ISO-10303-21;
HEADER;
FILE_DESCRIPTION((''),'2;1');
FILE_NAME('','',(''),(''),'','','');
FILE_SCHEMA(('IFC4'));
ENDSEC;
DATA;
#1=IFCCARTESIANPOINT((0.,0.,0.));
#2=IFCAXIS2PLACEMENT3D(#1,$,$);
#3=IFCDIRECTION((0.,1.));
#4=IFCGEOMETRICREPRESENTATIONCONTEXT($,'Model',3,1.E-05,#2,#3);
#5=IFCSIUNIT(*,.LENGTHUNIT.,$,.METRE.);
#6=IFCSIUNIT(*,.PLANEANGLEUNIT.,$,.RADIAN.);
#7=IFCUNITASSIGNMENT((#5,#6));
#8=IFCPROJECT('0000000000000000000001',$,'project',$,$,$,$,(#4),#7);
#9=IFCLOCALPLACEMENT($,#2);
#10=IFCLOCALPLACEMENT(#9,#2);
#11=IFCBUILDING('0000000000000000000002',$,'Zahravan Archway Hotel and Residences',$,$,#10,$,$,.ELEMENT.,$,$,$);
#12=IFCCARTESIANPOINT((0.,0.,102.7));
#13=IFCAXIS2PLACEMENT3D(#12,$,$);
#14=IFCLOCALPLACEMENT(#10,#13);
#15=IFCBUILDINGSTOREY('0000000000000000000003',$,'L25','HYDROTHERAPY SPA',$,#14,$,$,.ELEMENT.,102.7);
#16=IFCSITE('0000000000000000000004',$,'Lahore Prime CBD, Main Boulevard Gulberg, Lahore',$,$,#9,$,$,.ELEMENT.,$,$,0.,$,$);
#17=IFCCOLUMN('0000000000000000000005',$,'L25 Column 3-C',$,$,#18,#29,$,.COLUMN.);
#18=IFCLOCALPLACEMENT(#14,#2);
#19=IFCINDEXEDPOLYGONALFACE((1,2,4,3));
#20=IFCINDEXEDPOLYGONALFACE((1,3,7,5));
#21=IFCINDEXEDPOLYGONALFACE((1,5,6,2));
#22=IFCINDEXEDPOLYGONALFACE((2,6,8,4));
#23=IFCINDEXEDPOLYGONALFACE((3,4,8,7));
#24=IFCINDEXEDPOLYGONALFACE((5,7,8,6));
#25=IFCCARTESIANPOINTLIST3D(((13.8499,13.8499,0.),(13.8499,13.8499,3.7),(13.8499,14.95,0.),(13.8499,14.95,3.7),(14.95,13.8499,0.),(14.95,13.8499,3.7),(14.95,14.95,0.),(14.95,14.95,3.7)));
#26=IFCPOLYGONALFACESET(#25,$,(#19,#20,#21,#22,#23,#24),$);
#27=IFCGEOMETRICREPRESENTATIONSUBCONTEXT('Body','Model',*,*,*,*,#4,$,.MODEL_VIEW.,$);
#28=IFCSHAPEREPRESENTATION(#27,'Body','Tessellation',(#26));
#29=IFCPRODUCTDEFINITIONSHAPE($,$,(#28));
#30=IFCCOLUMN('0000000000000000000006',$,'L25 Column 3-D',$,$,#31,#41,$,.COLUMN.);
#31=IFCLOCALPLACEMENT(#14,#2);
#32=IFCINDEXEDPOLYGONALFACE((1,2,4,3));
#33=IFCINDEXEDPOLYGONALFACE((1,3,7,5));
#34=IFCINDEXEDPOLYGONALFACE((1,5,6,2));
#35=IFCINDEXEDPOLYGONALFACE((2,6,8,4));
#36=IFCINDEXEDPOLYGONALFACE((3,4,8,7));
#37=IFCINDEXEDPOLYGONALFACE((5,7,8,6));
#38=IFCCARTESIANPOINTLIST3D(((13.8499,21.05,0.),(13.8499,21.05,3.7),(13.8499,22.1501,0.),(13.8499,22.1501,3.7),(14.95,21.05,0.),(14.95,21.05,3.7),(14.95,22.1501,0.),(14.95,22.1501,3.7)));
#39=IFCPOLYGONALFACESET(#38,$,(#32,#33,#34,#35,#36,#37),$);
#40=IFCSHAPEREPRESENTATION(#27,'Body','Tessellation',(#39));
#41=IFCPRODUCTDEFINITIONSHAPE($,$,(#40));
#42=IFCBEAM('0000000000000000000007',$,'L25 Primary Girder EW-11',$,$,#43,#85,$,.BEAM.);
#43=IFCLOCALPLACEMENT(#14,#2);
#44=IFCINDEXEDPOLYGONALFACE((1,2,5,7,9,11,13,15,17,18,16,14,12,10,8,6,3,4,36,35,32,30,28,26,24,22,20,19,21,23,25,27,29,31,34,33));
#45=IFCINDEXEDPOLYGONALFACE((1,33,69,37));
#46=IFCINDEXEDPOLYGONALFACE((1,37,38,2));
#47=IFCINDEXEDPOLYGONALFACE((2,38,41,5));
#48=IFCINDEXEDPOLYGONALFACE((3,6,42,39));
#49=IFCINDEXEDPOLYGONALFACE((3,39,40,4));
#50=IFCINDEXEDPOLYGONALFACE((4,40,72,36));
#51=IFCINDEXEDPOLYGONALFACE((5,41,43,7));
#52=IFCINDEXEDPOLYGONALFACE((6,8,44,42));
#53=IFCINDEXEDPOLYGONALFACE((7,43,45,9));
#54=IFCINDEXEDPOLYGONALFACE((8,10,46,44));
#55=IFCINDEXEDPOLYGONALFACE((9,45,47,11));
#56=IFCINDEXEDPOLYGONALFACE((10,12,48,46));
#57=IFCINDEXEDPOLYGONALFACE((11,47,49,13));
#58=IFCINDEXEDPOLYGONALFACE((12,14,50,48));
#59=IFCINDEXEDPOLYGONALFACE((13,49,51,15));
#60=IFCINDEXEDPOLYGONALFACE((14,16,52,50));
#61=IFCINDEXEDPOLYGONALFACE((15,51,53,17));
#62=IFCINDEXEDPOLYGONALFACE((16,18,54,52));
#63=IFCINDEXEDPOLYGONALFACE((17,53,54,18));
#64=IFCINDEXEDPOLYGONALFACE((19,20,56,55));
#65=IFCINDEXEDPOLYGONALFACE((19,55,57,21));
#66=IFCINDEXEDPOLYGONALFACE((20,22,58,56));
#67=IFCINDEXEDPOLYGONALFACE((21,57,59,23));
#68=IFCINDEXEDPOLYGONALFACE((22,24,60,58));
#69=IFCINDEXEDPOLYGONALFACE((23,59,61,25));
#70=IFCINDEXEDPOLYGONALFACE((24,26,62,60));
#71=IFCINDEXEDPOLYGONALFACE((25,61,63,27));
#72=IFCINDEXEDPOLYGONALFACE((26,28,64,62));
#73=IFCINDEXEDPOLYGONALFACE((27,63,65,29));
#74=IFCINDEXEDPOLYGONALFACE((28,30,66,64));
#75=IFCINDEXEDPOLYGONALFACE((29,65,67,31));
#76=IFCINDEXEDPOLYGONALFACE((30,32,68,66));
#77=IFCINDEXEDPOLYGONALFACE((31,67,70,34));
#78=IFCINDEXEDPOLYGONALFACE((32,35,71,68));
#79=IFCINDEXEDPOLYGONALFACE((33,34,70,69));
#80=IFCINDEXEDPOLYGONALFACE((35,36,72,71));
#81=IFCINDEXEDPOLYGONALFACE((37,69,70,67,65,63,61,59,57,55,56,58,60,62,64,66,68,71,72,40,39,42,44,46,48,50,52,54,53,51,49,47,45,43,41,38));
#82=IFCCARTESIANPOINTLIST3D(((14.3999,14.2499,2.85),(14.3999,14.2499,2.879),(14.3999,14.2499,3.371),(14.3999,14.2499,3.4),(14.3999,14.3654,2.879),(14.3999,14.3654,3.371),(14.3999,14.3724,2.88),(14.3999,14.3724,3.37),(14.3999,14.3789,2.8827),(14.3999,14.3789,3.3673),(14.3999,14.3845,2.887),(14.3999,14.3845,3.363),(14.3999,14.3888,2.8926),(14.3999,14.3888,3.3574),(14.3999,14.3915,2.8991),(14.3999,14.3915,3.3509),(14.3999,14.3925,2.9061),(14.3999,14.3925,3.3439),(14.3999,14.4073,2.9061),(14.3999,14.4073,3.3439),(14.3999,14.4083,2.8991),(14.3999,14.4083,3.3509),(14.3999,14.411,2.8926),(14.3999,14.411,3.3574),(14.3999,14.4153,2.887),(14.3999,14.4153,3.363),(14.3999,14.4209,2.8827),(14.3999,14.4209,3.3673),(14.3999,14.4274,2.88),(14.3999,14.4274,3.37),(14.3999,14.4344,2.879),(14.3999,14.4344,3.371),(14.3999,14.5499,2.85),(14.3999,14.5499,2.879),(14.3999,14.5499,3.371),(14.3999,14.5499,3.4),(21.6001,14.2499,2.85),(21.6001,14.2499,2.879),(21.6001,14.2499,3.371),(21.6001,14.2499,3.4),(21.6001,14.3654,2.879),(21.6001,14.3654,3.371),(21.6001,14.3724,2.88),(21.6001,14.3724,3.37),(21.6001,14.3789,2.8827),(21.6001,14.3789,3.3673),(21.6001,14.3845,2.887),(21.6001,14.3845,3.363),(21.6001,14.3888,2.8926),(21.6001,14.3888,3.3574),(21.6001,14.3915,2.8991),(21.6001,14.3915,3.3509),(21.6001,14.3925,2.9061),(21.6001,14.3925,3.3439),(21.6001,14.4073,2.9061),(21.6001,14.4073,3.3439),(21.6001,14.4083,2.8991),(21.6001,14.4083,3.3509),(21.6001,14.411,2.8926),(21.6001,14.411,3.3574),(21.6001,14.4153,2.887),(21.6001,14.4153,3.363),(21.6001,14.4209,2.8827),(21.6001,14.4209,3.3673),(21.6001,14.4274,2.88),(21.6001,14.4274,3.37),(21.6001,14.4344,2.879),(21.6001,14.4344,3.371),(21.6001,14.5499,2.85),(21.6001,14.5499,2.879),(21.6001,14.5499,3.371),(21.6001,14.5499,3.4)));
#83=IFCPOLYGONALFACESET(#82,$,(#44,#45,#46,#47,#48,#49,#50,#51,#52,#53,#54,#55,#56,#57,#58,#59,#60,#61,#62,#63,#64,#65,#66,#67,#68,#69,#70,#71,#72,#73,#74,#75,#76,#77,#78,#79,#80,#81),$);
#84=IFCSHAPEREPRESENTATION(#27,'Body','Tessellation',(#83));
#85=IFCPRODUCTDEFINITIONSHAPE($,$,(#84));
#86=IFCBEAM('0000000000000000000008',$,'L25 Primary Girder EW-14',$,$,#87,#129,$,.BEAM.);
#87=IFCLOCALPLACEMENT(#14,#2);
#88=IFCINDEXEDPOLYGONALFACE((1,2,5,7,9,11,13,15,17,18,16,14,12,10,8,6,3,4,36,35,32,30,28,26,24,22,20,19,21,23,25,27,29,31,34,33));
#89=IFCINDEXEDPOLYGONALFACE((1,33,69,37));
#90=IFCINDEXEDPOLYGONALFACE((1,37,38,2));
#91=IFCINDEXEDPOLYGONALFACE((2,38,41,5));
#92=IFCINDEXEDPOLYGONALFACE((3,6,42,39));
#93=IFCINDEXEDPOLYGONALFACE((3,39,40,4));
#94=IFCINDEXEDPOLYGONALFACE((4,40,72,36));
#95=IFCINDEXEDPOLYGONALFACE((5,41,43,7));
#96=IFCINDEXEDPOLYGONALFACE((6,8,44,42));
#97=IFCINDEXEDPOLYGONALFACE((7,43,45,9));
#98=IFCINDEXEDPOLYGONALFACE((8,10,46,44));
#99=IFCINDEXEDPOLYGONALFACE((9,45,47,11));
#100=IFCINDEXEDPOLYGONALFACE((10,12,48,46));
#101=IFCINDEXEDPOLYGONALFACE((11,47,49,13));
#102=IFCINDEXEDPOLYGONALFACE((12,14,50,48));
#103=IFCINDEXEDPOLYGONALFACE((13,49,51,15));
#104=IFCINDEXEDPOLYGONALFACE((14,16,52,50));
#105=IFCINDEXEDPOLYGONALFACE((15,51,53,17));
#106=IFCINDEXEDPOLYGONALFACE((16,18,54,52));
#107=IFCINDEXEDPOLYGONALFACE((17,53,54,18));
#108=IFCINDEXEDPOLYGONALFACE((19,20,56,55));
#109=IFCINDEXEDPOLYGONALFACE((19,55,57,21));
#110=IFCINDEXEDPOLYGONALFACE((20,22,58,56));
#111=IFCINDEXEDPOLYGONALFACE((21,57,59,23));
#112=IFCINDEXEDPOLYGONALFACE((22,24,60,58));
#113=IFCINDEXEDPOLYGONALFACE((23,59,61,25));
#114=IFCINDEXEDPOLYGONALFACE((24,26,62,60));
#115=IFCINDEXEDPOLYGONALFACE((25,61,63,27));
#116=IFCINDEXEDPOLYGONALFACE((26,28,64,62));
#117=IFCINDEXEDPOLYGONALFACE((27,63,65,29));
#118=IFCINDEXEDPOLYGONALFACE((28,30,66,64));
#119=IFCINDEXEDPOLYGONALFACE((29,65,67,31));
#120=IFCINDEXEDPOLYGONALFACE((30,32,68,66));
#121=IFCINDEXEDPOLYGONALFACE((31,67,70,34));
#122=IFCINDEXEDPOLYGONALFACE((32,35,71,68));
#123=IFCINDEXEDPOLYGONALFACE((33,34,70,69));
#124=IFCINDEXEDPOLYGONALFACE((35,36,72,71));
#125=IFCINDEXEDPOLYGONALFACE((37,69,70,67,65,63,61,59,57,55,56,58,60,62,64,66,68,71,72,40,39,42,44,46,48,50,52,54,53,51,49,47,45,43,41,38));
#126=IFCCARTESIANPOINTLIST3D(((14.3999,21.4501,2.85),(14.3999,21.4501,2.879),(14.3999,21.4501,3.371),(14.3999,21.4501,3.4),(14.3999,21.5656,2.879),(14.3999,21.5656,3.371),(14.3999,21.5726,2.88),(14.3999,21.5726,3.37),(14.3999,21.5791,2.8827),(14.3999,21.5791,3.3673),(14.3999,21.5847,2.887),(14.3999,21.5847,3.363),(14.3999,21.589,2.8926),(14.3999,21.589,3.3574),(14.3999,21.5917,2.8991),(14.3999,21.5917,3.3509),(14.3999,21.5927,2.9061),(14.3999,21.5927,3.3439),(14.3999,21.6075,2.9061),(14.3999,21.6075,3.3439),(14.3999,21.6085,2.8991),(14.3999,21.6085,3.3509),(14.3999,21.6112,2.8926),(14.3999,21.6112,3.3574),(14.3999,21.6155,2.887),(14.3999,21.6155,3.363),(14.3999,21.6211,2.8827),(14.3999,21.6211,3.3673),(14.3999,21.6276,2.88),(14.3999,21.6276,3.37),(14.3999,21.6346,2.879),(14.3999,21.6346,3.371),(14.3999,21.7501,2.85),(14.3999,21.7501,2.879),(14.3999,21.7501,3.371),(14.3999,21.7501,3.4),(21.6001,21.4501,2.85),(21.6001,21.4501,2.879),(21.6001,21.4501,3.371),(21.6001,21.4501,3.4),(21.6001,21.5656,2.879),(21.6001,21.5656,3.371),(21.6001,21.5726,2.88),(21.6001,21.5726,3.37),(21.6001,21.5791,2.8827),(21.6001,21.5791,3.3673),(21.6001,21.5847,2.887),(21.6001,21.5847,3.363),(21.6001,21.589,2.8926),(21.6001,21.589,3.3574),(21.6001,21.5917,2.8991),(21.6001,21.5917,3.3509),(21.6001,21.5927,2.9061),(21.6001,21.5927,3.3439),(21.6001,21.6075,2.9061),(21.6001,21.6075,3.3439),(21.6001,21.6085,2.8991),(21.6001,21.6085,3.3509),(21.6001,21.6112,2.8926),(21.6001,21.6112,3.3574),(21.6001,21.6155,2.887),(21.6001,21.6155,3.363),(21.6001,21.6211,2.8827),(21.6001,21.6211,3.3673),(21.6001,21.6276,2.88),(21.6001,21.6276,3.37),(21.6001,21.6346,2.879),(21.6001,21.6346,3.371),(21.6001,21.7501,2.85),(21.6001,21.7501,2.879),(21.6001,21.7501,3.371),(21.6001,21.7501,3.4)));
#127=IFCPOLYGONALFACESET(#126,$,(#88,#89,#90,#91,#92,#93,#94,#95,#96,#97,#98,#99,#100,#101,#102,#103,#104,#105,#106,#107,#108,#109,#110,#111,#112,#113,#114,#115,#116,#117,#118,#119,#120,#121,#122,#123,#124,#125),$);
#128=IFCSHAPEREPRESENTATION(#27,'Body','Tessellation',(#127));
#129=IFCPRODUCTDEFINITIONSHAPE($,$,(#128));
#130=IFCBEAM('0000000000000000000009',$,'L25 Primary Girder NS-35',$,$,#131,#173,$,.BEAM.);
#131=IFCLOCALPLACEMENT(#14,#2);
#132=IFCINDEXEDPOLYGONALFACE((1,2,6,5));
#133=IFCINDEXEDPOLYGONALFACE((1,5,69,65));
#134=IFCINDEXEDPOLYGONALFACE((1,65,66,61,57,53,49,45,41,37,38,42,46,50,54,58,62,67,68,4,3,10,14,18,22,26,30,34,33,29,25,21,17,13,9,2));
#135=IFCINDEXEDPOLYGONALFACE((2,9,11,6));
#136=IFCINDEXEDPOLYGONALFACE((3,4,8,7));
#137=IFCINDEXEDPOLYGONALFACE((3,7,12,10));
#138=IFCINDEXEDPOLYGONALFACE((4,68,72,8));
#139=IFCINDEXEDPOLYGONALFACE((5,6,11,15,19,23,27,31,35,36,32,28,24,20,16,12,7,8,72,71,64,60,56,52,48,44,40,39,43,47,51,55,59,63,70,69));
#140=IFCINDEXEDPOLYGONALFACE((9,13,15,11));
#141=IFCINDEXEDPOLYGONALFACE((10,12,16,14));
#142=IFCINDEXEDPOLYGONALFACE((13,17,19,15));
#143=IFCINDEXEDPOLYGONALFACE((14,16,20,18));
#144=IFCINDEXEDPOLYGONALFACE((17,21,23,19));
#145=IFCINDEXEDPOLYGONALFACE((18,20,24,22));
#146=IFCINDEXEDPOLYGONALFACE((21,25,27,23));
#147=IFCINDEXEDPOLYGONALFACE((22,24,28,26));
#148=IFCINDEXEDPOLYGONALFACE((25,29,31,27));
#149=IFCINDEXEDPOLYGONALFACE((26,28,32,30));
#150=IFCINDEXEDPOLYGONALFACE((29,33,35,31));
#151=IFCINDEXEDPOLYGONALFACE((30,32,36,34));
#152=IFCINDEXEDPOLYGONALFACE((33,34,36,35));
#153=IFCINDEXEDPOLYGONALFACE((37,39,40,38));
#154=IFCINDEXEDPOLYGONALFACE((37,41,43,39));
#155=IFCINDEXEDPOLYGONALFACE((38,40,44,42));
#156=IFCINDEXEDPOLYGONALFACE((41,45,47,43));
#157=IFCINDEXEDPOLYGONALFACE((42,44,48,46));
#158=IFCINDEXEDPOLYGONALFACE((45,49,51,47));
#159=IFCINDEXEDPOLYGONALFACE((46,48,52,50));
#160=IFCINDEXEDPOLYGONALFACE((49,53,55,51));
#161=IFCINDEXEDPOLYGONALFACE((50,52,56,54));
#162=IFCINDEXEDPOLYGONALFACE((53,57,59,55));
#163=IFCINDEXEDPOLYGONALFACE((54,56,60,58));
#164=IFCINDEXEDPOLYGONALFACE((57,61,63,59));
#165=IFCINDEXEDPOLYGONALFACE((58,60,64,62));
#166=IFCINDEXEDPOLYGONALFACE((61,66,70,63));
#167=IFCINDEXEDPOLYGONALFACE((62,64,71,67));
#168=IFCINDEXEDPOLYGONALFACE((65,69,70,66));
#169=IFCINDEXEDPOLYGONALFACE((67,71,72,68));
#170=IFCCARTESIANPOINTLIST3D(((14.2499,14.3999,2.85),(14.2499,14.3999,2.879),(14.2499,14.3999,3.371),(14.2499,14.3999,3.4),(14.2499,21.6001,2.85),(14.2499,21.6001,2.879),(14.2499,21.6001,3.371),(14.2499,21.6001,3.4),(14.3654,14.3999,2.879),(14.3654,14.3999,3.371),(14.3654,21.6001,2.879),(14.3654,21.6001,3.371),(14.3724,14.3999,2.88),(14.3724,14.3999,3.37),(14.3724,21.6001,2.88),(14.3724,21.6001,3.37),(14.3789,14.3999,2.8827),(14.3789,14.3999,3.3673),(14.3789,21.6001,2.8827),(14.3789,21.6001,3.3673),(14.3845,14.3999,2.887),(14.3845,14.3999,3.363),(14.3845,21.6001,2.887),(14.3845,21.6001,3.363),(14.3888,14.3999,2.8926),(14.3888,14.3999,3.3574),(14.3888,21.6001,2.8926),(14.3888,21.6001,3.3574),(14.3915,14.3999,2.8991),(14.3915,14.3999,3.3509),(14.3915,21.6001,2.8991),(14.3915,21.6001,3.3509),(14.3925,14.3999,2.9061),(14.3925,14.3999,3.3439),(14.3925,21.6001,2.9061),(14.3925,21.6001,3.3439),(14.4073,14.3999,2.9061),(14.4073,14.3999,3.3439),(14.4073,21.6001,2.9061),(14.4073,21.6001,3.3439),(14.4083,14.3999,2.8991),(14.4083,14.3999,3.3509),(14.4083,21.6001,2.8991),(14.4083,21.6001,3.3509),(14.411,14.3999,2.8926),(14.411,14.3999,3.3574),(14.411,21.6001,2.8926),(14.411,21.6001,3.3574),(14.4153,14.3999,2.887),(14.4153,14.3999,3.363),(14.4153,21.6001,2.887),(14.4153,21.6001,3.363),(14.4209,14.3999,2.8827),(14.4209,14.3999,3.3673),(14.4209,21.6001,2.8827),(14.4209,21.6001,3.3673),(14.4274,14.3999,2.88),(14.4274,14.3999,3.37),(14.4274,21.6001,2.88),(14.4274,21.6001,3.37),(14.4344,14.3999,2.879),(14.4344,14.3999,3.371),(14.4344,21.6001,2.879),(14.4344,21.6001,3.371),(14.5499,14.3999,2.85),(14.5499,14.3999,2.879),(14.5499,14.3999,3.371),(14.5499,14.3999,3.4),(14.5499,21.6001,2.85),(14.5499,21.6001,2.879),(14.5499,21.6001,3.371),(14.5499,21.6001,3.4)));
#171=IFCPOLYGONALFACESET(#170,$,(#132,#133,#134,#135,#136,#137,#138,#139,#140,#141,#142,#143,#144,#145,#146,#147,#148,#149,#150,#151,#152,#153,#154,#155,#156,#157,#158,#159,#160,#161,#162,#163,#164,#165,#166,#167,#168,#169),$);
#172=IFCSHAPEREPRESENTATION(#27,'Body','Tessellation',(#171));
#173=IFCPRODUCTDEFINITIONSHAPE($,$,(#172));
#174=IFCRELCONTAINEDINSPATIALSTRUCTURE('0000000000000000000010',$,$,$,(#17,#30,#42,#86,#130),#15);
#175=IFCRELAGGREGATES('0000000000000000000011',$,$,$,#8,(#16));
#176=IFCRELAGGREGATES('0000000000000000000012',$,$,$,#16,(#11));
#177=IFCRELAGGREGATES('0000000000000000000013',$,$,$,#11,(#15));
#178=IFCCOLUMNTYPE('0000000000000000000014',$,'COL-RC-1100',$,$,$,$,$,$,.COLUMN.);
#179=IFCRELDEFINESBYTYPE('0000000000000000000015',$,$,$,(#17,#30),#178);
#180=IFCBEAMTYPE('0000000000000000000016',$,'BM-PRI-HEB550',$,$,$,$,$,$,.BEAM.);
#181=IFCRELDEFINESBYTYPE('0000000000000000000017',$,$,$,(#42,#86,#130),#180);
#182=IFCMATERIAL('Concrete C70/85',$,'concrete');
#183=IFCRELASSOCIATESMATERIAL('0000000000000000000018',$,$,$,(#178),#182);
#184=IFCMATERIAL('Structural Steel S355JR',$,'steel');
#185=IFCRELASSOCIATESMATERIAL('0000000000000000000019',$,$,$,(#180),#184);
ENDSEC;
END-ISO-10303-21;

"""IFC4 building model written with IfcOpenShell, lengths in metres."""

from ifc_helpers import new_model, si_unit, direction, frame, origin, origin_2d, place, context, subcontext, project, spatial, rectangle, i_section, extrude, source, transform, mapped, material, material_profile, profile_set, type_object, type_shapes, element, save


model = new_model("IFC4")

# Units and contexts
model_context = context("Model", 3, precision=1e-05, world=origin(), true_north=direction((0.0, 1.0)))
body_context = subcontext(model_context, "Body", "Model", "MODEL_VIEW")
ifc_project = project(units=[si_unit("LENGTHUNIT", "METRE"), si_unit("PLANEANGLEUNIT", "RADIAN")], contexts=[model_context])

# Site, building, storey
site_placement = place(None, origin())
site = spatial("IfcSite", under=ifc_project, at=site_placement, Name="Lahore Prime CBD, Main Boulevard Gulberg, Lahore", CompositionType="ELEMENT", RefElevation=0.0)
building_placement = place(site_placement, origin())
building = spatial("IfcBuilding", under=site, at=building_placement, Name="Zahravan Archway Hotel and Residences", CompositionType="ELEMENT")
storey_placement = place(building_placement, frame((0.0, 0.0, 102.7)))
storey = spatial("IfcBuildingStorey", under=building, at=storey_placement, Name="L25", Description="HYDROTHERAPY SPA", CompositionType="ELEMENT", Elevation=102.7)

# Columns
ifc_material_1 = material(Name="Concrete C70/85", Category="concrete")
ifc_material_profile_1 = material_profile(ifc_material_1, rectangle(XDim=1.1001, YDim=1.1001, at=origin_2d()), Name="RC 1100x1100", Category="concrete")
ifc_profile_set_1 = profile_set([ifc_material_profile_1], Name="Concrete C70/85")
column_type = type_object("IfcColumnType", Name="COL-RC-1100", PredefinedType="COLUMN", material=ifc_profile_set_1)
shared_shape_1 = source(origin(), body_context, "Body", "SweptSolid", [
    extrude(rectangle(XDim=1.1001, YDim=1.1001, at=origin_2d()), origin(), (0.0, 0.0, 1.0), 3.7),
])
for number, where, z_axis, x_axis, name in (
    (1, (14.3999, 14.3999, 0.0), (0.0, 0.0, 1.0), (1.0, 0.0, 0.0), "L25 Column 3-C"),
    (2, (14.3999, 21.6001, 0.0), (0.0, 0.0, 1.0), (1.0, 0.0, 0.0), "L25 Column 3-D"),
):
    element("IfcColumn", number, at=place(storey_placement, frame(where, z_axis=z_axis, x_axis=x_axis)), inside=storey, type_object=column_type, Name=name, PredefinedType="COLUMN", context=body_context, shape_type="MappedRepresentation", body=[
        mapped(shared_shape_1, transform((0.0, 0.0, 0.0), scale=1.0)),
    ])

# Beams
ifc_material_2 = material(Name="Structural Steel S355JR", Category="steel")
ifc_material_profile_2 = material_profile(ifc_material_2, i_section(OverallWidth=0.3, OverallDepth=0.55, WebThickness=0.0149, FlangeThickness=0.0291, FilletRadius=0.0271, at=origin_2d()), Name="HEB 550", Category="steel")
ifc_profile_set_2 = profile_set([ifc_material_profile_2], Name="Structural Steel S355JR")
beam_type = type_object("IfcBeamType", Name="BM-PRI-HEB550", PredefinedType="BEAM", material=ifc_profile_set_2)
shared_shape_2 = source(origin(), body_context, "Body", "SweptSolid", [
    extrude(i_section(OverallWidth=0.3, OverallDepth=0.55, WebThickness=0.0149, FlangeThickness=0.0291, FilletRadius=0.0271, at=origin_2d()), origin(), (0.0, 0.0, 1.0), 7.2002),
])
type_shapes(beam_type, [shared_shape_2])
for number, where, z_axis, x_axis, name in (
    (3, (14.3999, 14.3999, 3.125), (1.0, 0.0, 0.0), (0.0, 1.0, 0.0), "L25 Primary Girder EW-11"),
    (4, (14.3999, 21.6001, 3.125), (1.0, 0.0, 0.0), (0.0, 1.0, 0.0), "L25 Primary Girder EW-14"),
    (5, (14.3999, 14.3999, 3.125), (0.0, 1.0, 0.0), (-1.0, 0.0, 0.0), "L25 Primary Girder NS-35"),
):
    element("IfcBeam", number, at=place(storey_placement, frame(where, z_axis=z_axis, x_axis=x_axis)), inside=storey, type_object=beam_type, Name=name, PredefinedType="BEAM", context=body_context, shape_type="MappedRepresentation", body=[
        mapped(shared_shape_2, transform((0.0, 0.0, 0.0), scale=1.0)),
    ])

save(model, "model.ifc")
